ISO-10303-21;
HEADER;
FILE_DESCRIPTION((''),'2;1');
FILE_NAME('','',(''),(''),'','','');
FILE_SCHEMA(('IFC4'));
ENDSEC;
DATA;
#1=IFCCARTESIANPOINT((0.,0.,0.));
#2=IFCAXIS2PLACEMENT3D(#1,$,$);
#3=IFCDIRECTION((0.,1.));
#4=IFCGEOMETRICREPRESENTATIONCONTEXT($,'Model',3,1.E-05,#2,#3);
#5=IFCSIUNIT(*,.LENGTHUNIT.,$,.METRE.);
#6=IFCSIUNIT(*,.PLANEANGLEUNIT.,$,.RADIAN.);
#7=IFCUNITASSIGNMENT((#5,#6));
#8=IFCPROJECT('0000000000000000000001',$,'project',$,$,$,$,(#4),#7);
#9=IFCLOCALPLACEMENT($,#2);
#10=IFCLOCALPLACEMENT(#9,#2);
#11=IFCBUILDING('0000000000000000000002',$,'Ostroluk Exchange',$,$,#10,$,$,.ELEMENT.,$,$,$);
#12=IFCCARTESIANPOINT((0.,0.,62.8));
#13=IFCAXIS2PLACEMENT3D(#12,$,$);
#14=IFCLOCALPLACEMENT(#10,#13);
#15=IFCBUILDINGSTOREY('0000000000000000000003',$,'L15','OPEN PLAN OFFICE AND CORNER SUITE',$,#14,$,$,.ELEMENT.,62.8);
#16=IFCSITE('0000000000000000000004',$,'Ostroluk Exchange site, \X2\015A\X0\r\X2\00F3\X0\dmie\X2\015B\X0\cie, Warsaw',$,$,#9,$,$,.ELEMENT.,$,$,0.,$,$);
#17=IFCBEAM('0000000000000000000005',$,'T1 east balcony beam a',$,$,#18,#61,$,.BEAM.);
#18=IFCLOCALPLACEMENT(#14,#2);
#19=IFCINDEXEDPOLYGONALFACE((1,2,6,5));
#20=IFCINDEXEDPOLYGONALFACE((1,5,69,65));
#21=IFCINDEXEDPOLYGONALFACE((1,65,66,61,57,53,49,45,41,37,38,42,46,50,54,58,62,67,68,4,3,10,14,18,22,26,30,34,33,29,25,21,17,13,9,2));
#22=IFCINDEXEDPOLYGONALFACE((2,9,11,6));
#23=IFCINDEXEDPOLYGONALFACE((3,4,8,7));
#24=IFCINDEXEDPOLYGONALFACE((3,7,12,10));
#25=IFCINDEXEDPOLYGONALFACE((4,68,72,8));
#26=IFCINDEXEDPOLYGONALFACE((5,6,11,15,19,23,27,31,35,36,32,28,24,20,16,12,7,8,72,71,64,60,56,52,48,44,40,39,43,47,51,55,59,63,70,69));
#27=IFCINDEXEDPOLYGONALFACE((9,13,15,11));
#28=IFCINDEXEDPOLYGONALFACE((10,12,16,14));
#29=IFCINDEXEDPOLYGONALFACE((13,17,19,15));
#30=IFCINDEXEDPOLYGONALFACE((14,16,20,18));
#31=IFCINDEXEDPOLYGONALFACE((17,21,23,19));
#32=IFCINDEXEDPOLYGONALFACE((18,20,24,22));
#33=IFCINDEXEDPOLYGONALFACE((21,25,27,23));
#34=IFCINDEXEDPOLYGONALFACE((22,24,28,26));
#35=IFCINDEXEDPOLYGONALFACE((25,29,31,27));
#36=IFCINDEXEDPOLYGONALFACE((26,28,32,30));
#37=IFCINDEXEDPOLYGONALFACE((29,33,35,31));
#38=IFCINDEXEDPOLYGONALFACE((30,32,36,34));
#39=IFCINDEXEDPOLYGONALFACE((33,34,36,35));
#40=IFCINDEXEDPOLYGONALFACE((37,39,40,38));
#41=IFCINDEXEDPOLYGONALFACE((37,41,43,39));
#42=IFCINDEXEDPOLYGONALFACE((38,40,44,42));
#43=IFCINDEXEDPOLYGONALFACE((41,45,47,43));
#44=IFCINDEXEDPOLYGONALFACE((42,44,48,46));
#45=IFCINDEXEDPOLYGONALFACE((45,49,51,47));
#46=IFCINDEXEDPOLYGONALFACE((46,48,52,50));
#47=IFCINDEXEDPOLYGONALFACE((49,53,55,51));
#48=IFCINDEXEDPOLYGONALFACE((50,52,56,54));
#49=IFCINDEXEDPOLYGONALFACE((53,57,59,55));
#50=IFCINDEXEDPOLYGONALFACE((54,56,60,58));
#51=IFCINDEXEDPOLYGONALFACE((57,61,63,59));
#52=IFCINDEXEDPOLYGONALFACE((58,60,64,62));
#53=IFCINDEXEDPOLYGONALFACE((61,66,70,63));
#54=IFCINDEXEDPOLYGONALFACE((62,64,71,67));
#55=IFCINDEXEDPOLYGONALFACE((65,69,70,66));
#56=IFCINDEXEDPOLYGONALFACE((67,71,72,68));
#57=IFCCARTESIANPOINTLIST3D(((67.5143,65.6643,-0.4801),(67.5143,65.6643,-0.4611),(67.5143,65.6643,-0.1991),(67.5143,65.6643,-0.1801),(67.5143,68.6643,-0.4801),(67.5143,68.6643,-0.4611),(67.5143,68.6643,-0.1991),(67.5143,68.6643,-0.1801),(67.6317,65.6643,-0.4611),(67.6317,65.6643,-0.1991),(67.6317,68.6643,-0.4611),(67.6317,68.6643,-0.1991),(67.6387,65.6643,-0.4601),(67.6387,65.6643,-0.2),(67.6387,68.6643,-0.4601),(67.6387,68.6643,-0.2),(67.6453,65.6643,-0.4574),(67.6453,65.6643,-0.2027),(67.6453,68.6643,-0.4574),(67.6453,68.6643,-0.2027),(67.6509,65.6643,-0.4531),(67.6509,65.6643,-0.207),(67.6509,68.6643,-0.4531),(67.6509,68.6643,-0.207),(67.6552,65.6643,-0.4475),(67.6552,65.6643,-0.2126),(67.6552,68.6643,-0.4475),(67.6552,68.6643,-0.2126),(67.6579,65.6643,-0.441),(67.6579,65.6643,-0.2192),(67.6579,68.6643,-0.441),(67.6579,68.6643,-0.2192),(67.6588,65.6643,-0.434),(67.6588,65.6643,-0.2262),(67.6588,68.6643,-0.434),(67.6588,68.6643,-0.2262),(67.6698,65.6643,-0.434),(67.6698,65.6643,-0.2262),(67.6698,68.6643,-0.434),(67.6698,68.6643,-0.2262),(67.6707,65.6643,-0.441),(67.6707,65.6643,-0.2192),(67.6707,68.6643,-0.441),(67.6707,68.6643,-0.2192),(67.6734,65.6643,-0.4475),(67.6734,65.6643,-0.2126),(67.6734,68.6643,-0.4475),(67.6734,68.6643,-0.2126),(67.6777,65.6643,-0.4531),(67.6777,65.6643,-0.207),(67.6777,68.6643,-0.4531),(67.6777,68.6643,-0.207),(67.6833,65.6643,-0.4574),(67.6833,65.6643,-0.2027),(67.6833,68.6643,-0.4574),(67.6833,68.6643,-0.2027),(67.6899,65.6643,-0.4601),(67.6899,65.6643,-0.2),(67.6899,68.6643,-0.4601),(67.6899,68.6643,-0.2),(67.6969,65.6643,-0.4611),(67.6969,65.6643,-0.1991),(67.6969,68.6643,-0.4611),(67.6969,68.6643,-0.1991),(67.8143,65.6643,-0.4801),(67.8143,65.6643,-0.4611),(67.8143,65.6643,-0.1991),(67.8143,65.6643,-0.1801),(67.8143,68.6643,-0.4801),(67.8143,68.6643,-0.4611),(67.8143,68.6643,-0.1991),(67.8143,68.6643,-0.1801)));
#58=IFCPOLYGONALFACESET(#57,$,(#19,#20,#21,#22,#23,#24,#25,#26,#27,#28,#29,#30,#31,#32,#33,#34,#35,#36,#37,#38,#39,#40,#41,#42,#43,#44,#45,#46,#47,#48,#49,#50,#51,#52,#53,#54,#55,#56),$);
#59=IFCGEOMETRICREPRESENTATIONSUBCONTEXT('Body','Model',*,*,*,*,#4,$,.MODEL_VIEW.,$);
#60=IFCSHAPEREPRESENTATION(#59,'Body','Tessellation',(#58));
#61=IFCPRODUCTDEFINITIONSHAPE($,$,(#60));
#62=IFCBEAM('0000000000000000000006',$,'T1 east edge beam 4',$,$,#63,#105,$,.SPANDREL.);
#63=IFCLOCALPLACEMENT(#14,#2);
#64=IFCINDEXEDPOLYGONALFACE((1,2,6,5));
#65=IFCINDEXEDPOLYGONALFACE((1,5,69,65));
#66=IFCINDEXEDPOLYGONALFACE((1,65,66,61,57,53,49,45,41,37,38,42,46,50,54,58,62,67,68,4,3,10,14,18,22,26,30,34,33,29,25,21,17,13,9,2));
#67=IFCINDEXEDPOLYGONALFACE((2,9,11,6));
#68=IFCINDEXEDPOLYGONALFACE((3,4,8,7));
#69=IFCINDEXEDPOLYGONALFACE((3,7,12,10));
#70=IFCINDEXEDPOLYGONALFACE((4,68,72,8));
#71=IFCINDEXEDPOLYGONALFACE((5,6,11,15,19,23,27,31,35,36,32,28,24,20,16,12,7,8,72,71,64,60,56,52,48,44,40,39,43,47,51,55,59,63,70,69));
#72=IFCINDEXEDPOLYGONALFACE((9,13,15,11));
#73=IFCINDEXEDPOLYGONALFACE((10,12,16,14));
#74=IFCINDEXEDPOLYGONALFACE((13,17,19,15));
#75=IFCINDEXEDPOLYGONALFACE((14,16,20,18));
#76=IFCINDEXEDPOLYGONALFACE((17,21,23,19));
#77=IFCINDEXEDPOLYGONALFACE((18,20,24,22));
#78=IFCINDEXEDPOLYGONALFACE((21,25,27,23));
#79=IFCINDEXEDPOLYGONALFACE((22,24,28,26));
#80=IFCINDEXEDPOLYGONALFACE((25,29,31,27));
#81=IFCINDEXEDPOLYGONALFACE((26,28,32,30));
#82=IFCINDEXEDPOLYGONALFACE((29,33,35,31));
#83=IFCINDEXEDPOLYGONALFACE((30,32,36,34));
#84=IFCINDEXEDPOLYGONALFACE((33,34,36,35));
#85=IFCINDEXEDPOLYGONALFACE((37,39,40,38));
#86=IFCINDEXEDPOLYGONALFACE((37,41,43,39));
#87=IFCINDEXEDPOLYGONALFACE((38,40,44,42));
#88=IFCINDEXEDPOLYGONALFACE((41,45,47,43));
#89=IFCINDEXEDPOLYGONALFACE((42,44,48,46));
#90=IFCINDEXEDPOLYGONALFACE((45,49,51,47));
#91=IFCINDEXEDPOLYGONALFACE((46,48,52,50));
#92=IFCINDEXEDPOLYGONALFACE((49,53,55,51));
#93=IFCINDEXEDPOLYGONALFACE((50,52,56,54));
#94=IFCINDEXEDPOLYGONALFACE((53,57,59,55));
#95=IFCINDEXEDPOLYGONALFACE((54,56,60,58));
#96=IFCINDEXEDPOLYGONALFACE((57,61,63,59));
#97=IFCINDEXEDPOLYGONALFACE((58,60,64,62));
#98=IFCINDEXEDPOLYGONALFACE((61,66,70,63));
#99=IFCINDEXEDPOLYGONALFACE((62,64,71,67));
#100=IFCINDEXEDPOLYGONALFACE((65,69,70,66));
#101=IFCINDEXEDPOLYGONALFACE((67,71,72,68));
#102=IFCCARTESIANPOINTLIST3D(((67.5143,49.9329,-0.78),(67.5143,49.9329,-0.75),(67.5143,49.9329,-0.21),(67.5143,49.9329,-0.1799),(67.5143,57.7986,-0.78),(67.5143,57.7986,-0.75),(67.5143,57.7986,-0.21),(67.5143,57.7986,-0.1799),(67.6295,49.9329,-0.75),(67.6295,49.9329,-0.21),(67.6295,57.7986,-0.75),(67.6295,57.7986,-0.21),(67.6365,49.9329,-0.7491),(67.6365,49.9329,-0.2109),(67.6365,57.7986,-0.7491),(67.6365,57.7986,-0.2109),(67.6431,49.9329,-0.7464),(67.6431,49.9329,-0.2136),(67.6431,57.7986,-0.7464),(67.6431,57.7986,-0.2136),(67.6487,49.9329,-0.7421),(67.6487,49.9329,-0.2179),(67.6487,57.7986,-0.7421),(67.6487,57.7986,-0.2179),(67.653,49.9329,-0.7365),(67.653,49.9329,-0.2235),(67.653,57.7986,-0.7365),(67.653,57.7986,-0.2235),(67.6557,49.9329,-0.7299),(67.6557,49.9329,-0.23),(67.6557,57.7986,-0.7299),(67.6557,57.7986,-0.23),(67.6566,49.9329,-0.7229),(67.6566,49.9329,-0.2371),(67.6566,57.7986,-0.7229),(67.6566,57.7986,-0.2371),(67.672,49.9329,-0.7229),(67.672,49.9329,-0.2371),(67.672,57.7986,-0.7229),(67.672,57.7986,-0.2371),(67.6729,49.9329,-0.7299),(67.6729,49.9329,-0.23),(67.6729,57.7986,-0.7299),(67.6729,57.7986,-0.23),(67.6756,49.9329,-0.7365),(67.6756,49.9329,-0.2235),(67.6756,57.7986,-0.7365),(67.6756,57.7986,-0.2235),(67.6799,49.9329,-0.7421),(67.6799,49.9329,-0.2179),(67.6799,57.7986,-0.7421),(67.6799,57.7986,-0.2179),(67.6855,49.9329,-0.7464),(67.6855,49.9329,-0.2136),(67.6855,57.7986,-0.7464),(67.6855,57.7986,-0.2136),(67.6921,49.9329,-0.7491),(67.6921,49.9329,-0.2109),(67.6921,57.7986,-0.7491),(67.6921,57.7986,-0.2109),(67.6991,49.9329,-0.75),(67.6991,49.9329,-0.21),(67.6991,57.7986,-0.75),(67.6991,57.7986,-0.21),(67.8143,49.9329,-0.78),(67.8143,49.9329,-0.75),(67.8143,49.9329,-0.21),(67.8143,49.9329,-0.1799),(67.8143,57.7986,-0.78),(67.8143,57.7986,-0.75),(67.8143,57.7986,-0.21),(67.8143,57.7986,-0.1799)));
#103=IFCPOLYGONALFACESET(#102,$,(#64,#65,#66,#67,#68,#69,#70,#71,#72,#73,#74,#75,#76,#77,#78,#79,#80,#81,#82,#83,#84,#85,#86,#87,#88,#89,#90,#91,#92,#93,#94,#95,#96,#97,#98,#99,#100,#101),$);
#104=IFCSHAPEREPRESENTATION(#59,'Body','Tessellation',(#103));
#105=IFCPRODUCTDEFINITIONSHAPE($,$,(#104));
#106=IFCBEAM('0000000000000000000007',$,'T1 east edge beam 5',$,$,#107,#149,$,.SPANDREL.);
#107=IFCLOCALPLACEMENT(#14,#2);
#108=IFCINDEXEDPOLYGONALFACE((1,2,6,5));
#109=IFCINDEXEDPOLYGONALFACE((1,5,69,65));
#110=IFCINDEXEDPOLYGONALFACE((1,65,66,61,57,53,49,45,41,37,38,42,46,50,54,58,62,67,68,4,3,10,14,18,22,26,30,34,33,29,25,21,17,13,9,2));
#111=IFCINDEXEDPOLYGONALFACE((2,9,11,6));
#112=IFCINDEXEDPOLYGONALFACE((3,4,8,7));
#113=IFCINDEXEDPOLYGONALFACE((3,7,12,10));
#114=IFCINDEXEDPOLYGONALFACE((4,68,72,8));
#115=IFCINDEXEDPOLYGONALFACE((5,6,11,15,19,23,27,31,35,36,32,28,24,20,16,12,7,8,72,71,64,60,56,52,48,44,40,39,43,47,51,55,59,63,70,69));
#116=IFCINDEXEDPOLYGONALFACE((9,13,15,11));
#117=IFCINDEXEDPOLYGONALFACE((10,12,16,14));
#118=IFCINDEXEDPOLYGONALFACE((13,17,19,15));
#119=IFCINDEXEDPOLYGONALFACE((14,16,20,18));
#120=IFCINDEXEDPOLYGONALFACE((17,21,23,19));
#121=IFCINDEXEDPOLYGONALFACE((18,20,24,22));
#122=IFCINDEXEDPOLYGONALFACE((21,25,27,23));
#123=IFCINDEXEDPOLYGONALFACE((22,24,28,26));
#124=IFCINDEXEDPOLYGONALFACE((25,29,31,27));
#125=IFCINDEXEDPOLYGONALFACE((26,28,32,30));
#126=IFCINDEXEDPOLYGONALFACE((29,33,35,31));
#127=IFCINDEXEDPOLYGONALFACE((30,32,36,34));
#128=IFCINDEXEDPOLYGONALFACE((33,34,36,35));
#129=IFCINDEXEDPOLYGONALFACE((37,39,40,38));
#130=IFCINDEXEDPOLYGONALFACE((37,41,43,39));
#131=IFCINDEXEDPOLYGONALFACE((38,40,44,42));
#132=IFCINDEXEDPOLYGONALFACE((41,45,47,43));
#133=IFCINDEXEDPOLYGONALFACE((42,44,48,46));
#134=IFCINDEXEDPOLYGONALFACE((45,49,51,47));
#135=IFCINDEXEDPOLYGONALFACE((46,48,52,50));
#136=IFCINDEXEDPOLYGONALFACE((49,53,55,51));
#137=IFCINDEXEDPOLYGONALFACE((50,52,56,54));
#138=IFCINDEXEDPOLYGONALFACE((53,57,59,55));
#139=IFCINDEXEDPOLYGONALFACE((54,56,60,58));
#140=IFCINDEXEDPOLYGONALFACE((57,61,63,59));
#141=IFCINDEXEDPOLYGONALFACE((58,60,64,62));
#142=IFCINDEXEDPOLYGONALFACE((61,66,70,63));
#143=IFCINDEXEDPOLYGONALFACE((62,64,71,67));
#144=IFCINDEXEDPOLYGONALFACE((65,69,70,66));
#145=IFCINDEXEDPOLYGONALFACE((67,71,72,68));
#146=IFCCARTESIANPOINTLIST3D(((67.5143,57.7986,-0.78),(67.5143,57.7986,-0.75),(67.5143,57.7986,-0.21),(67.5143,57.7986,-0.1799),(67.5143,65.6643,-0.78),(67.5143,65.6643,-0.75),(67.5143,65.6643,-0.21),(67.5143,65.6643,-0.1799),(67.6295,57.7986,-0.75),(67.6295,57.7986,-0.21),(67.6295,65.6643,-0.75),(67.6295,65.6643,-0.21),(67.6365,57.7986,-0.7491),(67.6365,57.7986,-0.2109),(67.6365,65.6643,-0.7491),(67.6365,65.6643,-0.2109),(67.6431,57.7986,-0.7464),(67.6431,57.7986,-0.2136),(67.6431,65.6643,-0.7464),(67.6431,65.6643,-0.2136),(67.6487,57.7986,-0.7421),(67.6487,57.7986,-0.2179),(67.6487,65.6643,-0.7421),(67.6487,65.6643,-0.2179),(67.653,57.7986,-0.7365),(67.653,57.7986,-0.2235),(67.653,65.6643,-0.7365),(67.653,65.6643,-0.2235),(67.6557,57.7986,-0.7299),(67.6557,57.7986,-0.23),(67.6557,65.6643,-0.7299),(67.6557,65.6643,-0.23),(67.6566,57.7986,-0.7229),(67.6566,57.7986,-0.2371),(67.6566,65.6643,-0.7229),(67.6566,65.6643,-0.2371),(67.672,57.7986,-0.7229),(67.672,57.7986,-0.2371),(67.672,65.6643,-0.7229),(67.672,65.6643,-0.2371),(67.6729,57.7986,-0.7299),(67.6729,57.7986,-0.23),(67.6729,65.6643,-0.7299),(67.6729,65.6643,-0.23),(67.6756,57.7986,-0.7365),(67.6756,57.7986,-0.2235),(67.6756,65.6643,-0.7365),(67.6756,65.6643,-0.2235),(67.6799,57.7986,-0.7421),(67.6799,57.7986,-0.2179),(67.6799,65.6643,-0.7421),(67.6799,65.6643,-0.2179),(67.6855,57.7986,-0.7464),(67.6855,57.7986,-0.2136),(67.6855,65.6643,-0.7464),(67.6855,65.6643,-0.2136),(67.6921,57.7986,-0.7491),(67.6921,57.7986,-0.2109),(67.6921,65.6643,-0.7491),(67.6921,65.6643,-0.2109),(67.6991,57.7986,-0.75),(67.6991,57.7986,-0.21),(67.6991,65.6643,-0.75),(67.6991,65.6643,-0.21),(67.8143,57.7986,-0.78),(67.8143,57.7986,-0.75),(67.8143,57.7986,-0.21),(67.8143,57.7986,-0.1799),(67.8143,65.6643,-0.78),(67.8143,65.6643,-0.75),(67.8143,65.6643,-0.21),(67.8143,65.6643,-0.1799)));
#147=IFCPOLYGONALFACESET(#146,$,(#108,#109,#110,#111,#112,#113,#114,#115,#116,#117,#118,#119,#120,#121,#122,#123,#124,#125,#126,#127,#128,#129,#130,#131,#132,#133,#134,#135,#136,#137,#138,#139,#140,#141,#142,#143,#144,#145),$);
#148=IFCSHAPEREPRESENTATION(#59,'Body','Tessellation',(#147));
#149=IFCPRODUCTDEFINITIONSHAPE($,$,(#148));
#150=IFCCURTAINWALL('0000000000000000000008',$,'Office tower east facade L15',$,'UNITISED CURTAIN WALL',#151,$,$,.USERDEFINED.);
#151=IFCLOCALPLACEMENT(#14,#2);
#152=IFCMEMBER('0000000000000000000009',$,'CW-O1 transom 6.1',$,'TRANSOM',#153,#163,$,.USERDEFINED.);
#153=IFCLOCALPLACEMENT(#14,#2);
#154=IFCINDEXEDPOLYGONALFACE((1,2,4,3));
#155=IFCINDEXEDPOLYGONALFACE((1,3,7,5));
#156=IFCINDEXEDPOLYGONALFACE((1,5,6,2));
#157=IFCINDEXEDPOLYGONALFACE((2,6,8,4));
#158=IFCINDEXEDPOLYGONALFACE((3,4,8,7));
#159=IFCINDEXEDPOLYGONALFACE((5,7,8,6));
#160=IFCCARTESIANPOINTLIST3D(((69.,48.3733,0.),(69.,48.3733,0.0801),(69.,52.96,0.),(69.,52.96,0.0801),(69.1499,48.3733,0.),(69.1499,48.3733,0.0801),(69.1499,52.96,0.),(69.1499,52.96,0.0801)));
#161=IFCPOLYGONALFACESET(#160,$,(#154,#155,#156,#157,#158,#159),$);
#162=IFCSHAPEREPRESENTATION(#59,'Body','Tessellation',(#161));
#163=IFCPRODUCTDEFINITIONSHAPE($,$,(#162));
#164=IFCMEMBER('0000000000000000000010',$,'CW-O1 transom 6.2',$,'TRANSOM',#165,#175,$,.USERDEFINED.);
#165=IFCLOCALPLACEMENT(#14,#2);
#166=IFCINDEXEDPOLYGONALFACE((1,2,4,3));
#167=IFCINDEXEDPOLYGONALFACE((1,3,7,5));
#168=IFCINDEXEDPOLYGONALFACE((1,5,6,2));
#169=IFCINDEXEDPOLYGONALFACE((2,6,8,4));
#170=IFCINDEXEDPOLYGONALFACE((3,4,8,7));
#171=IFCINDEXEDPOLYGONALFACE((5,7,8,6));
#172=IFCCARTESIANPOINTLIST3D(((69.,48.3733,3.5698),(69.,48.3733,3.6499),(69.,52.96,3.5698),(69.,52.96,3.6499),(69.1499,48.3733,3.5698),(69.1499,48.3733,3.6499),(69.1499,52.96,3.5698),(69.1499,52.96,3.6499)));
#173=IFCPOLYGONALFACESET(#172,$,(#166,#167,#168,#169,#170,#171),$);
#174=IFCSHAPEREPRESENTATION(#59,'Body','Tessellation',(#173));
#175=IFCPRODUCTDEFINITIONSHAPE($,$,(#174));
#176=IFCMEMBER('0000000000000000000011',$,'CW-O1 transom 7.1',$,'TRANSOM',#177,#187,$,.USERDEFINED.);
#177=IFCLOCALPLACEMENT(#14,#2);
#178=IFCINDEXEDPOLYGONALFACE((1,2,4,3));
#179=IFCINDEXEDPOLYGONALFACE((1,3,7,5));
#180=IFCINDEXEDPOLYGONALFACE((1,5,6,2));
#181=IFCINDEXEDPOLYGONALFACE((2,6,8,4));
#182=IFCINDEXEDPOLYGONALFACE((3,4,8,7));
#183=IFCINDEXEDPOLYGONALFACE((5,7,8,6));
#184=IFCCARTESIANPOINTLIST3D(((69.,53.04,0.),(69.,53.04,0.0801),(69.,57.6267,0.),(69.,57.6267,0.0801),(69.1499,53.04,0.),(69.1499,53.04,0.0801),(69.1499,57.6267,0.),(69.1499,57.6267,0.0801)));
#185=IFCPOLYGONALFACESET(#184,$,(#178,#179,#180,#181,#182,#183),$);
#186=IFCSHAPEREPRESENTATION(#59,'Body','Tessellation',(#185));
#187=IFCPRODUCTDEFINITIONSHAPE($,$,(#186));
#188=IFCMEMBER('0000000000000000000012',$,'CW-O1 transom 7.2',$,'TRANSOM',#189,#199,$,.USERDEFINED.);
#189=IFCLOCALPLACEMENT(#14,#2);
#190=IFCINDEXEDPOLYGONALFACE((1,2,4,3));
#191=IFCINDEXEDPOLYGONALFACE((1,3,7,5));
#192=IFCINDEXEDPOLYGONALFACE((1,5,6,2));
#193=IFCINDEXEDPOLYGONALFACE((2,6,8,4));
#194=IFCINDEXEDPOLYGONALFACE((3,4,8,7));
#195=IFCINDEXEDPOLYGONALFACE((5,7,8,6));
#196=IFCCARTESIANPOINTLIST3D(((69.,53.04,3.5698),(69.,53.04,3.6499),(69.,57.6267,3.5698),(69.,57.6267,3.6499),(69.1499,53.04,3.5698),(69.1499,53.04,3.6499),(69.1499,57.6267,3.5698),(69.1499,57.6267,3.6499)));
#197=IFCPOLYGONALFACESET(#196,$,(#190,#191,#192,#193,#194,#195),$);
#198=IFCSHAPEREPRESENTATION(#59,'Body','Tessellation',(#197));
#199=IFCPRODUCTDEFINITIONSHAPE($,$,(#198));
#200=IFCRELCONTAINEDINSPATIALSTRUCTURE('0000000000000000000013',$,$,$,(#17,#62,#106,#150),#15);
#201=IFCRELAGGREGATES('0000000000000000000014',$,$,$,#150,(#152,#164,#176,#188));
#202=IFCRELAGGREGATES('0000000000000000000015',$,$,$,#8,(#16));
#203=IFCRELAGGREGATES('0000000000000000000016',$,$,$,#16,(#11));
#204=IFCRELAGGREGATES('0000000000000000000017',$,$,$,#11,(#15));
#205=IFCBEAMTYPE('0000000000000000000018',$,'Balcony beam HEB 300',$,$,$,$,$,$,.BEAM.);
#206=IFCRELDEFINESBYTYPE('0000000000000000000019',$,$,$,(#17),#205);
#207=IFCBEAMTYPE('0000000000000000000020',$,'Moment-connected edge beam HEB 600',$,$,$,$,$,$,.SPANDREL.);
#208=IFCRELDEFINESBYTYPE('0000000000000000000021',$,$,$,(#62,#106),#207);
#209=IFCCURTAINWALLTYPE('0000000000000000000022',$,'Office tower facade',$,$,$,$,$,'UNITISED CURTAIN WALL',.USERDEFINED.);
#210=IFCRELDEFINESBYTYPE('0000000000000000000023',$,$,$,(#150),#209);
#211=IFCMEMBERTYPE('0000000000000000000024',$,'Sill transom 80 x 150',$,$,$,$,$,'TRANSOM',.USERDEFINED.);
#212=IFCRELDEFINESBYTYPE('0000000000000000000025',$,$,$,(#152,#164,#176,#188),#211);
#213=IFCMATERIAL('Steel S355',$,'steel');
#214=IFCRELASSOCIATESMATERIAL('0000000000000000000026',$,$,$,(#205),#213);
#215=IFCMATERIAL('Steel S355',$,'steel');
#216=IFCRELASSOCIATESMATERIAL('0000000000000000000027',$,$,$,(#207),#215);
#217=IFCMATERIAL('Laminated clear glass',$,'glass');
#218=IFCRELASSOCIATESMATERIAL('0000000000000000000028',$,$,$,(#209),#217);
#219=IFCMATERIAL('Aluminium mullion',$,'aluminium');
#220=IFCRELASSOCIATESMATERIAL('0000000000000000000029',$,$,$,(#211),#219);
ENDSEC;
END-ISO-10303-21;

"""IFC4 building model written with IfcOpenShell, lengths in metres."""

from ifc_helpers import new_model, si_unit, direction, frame, origin, origin_2d, place, context, subcontext, project, spatial, rectangle, i_section, extrude, material, material_profile, profile_set, type_object, element, aggregate, save


model = new_model("IFC4")

# Units and contexts
model_context = context("Model", 3, precision=1e-05, world=origin(), true_north=direction((0.0, 1.0)))
body_context = subcontext(model_context, "Body", "Model", "MODEL_VIEW")
ifc_project = project(units=[si_unit("LENGTHUNIT", "METRE"), si_unit("PLANEANGLEUNIT", "RADIAN")], contexts=[model_context])

# Site, building, storey
site_placement = place(None, origin())
site = spatial("IfcSite", under=ifc_project, at=site_placement, Name="Ostroluk Exchange site, Śródmieście, Warsaw", CompositionType="ELEMENT", RefElevation=0.0)
building_placement = place(site_placement, origin())
building = spatial("IfcBuilding", under=site, at=building_placement, Name="Ostroluk Exchange", CompositionType="ELEMENT")
storey_placement = place(building_placement, frame((0.0, 0.0, 62.8)))
storey = spatial("IfcBuildingStorey", under=building, at=storey_placement, Name="L15", Description="OPEN PLAN OFFICE AND CORNER SUITE", CompositionType="ELEMENT", Elevation=62.8)

# Beams
ifc_material_1 = material(Name="Steel S355", Category="steel")
ifc_material_profile_1 = material_profile(ifc_material_1, i_section(OverallWidth=0.3, OverallDepth=0.3, WebThickness=0.011, FlangeThickness=0.019, FilletRadius=0.0271, at=origin_2d()), Name="HEB 300")
ifc_profile_set_1 = profile_set([ifc_material_profile_1], Name="Steel S355")
beam_type_1 = type_object("IfcBeamType", Name="Balcony beam HEB 300", PredefinedType="BEAM", material=ifc_profile_set_1)
beam_placement = place(storey_placement, frame((67.6643, 65.6643, -0.3301), z_axis=(0.0, 1.0, 0.0), x_axis=(-1.0, 0.0, 0.0)))
element("IfcBeam", 1, at=beam_placement, inside=storey, type_object=beam_type_1, Name="T1 east balcony beam a", PredefinedType="BEAM", context=body_context, shape_type="SweptSolid", body=[
    extrude(i_section(OverallWidth=0.3, OverallDepth=0.3, WebThickness=0.011, FlangeThickness=0.019, FilletRadius=0.0271, at=origin_2d()), origin(), (0.0, 0.0, 1.0), 3.0),
])
ifc_material_2 = material(Name="Steel S355", Category="steel")
ifc_material_profile_2 = material_profile(ifc_material_2, i_section(OverallWidth=0.3, OverallDepth=0.6001, WebThickness=0.0154, FlangeThickness=0.03, FilletRadius=0.0271, at=origin_2d()), Name="HEB 600")
ifc_profile_set_2 = profile_set([ifc_material_profile_2], Name="Steel S355")
beam_type_2 = type_object("IfcBeamType", Name="Moment-connected edge beam HEB 600", PredefinedType="SPANDREL", material=ifc_profile_set_2)
for number, where, z_axis, x_axis, name in (
    (2, (67.6643, 49.9329, -0.48), (0.0, 1.0, 0.0), (-1.0, 0.0, 0.0), "T1 east edge beam 4"),
    (3, (67.6643, 57.7986, -0.48), (0.0, 1.0, 0.0), (-1.0, 0.0, 0.0), "T1 east edge beam 5"),
):
    element("IfcBeam", number, at=place(storey_placement, frame(where, z_axis=z_axis, x_axis=x_axis)), inside=storey, type_object=beam_type_2, Name=name, PredefinedType="SPANDREL", context=body_context, shape_type="SweptSolid", body=[
        extrude(i_section(OverallWidth=0.3, OverallDepth=0.6001, WebThickness=0.0154, FlangeThickness=0.03, FilletRadius=0.0271, at=origin_2d()), origin(), (0.0, 0.0, 1.0), 7.8657),
    ])

# Curtain wall, members
ifc_material_3 = material(Name="Laminated clear glass", Category="glass")
curtain_wall_type = type_object("IfcCurtainWallType", Name="Office tower facade", ElementType="UNITISED CURTAIN WALL", PredefinedType="USERDEFINED", material=ifc_material_3)
curtain_wall_placement = place(storey_placement, origin())
curtain_wall = element("IfcCurtainWall", 4, at=curtain_wall_placement, inside=storey, type_object=curtain_wall_type, Name="Office tower east facade L15", ObjectType="UNITISED CURTAIN WALL", PredefinedType="USERDEFINED")
ifc_material_4 = material(Name="Aluminium mullion", Category="aluminium")
ifc_material_profile_3 = material_profile(ifc_material_4, rectangle(XDim=0.1499, YDim=0.0801, at=origin_2d()), Name="Sill transom 80 x 150")
ifc_profile_set_3 = profile_set([ifc_material_profile_3], Name="Aluminium mullion")
member_type = type_object("IfcMemberType", Name="Sill transom 80 x 150", ElementType="TRANSOM", PredefinedType="USERDEFINED", material=ifc_profile_set_3)
member_1_placement = place(storey_placement, frame((69.075, 48.3733, 0.04), z_axis=(0.0, 1.0, 0.0), x_axis=(-1.0, 0.0, 0.0)))
member_1 = element("IfcMember", 5, at=member_1_placement, type_object=member_type, Name="CW-O1 transom 6.1", ObjectType="TRANSOM", PredefinedType="USERDEFINED", context=body_context, shape_type="SweptSolid", body=[
    extrude(rectangle(XDim=0.1499, YDim=0.0801, at=origin_2d()), origin(), (0.0, 0.0, 1.0), 4.5867),
])
member_2_placement = place(storey_placement, frame((69.075, 48.3733, 3.6099), z_axis=(0.0, 1.0, 0.0), x_axis=(-1.0, 0.0, 0.0)))
member_2 = element("IfcMember", 6, at=member_2_placement, type_object=member_type, Name="CW-O1 transom 6.2", ObjectType="TRANSOM", PredefinedType="USERDEFINED", context=body_context, shape_type="SweptSolid", body=[
    extrude(rectangle(XDim=0.1499, YDim=0.0801, at=origin_2d()), origin(), (0.0, 0.0, 1.0), 4.5867),
])
member_3_placement = place(storey_placement, frame((69.075, 53.04, 0.04), z_axis=(0.0, 1.0, 0.0), x_axis=(-1.0, 0.0, 0.0)))
member_3 = element("IfcMember", 7, at=member_3_placement, type_object=member_type, Name="CW-O1 transom 7.1", ObjectType="TRANSOM", PredefinedType="USERDEFINED", context=body_context, shape_type="SweptSolid", body=[
    extrude(rectangle(XDim=0.1499, YDim=0.0801, at=origin_2d()), origin(), (0.0, 0.0, 1.0), 4.5867),
])
member_4_placement = place(storey_placement, frame((69.075, 53.04, 3.6099), z_axis=(0.0, 1.0, 0.0), x_axis=(-1.0, 0.0, 0.0)))
member_4 = element("IfcMember", 8, at=member_4_placement, type_object=member_type, Name="CW-O1 transom 7.2", ObjectType="TRANSOM", PredefinedType="USERDEFINED", context=body_context, shape_type="SweptSolid", body=[
    extrude(rectangle(XDim=0.1499, YDim=0.0801, at=origin_2d()), origin(), (0.0, 0.0, 1.0), 4.5867),
])
aggregate(curtain_wall, [member_1, member_2, member_3, member_4])

save(model, "model.ifc")
